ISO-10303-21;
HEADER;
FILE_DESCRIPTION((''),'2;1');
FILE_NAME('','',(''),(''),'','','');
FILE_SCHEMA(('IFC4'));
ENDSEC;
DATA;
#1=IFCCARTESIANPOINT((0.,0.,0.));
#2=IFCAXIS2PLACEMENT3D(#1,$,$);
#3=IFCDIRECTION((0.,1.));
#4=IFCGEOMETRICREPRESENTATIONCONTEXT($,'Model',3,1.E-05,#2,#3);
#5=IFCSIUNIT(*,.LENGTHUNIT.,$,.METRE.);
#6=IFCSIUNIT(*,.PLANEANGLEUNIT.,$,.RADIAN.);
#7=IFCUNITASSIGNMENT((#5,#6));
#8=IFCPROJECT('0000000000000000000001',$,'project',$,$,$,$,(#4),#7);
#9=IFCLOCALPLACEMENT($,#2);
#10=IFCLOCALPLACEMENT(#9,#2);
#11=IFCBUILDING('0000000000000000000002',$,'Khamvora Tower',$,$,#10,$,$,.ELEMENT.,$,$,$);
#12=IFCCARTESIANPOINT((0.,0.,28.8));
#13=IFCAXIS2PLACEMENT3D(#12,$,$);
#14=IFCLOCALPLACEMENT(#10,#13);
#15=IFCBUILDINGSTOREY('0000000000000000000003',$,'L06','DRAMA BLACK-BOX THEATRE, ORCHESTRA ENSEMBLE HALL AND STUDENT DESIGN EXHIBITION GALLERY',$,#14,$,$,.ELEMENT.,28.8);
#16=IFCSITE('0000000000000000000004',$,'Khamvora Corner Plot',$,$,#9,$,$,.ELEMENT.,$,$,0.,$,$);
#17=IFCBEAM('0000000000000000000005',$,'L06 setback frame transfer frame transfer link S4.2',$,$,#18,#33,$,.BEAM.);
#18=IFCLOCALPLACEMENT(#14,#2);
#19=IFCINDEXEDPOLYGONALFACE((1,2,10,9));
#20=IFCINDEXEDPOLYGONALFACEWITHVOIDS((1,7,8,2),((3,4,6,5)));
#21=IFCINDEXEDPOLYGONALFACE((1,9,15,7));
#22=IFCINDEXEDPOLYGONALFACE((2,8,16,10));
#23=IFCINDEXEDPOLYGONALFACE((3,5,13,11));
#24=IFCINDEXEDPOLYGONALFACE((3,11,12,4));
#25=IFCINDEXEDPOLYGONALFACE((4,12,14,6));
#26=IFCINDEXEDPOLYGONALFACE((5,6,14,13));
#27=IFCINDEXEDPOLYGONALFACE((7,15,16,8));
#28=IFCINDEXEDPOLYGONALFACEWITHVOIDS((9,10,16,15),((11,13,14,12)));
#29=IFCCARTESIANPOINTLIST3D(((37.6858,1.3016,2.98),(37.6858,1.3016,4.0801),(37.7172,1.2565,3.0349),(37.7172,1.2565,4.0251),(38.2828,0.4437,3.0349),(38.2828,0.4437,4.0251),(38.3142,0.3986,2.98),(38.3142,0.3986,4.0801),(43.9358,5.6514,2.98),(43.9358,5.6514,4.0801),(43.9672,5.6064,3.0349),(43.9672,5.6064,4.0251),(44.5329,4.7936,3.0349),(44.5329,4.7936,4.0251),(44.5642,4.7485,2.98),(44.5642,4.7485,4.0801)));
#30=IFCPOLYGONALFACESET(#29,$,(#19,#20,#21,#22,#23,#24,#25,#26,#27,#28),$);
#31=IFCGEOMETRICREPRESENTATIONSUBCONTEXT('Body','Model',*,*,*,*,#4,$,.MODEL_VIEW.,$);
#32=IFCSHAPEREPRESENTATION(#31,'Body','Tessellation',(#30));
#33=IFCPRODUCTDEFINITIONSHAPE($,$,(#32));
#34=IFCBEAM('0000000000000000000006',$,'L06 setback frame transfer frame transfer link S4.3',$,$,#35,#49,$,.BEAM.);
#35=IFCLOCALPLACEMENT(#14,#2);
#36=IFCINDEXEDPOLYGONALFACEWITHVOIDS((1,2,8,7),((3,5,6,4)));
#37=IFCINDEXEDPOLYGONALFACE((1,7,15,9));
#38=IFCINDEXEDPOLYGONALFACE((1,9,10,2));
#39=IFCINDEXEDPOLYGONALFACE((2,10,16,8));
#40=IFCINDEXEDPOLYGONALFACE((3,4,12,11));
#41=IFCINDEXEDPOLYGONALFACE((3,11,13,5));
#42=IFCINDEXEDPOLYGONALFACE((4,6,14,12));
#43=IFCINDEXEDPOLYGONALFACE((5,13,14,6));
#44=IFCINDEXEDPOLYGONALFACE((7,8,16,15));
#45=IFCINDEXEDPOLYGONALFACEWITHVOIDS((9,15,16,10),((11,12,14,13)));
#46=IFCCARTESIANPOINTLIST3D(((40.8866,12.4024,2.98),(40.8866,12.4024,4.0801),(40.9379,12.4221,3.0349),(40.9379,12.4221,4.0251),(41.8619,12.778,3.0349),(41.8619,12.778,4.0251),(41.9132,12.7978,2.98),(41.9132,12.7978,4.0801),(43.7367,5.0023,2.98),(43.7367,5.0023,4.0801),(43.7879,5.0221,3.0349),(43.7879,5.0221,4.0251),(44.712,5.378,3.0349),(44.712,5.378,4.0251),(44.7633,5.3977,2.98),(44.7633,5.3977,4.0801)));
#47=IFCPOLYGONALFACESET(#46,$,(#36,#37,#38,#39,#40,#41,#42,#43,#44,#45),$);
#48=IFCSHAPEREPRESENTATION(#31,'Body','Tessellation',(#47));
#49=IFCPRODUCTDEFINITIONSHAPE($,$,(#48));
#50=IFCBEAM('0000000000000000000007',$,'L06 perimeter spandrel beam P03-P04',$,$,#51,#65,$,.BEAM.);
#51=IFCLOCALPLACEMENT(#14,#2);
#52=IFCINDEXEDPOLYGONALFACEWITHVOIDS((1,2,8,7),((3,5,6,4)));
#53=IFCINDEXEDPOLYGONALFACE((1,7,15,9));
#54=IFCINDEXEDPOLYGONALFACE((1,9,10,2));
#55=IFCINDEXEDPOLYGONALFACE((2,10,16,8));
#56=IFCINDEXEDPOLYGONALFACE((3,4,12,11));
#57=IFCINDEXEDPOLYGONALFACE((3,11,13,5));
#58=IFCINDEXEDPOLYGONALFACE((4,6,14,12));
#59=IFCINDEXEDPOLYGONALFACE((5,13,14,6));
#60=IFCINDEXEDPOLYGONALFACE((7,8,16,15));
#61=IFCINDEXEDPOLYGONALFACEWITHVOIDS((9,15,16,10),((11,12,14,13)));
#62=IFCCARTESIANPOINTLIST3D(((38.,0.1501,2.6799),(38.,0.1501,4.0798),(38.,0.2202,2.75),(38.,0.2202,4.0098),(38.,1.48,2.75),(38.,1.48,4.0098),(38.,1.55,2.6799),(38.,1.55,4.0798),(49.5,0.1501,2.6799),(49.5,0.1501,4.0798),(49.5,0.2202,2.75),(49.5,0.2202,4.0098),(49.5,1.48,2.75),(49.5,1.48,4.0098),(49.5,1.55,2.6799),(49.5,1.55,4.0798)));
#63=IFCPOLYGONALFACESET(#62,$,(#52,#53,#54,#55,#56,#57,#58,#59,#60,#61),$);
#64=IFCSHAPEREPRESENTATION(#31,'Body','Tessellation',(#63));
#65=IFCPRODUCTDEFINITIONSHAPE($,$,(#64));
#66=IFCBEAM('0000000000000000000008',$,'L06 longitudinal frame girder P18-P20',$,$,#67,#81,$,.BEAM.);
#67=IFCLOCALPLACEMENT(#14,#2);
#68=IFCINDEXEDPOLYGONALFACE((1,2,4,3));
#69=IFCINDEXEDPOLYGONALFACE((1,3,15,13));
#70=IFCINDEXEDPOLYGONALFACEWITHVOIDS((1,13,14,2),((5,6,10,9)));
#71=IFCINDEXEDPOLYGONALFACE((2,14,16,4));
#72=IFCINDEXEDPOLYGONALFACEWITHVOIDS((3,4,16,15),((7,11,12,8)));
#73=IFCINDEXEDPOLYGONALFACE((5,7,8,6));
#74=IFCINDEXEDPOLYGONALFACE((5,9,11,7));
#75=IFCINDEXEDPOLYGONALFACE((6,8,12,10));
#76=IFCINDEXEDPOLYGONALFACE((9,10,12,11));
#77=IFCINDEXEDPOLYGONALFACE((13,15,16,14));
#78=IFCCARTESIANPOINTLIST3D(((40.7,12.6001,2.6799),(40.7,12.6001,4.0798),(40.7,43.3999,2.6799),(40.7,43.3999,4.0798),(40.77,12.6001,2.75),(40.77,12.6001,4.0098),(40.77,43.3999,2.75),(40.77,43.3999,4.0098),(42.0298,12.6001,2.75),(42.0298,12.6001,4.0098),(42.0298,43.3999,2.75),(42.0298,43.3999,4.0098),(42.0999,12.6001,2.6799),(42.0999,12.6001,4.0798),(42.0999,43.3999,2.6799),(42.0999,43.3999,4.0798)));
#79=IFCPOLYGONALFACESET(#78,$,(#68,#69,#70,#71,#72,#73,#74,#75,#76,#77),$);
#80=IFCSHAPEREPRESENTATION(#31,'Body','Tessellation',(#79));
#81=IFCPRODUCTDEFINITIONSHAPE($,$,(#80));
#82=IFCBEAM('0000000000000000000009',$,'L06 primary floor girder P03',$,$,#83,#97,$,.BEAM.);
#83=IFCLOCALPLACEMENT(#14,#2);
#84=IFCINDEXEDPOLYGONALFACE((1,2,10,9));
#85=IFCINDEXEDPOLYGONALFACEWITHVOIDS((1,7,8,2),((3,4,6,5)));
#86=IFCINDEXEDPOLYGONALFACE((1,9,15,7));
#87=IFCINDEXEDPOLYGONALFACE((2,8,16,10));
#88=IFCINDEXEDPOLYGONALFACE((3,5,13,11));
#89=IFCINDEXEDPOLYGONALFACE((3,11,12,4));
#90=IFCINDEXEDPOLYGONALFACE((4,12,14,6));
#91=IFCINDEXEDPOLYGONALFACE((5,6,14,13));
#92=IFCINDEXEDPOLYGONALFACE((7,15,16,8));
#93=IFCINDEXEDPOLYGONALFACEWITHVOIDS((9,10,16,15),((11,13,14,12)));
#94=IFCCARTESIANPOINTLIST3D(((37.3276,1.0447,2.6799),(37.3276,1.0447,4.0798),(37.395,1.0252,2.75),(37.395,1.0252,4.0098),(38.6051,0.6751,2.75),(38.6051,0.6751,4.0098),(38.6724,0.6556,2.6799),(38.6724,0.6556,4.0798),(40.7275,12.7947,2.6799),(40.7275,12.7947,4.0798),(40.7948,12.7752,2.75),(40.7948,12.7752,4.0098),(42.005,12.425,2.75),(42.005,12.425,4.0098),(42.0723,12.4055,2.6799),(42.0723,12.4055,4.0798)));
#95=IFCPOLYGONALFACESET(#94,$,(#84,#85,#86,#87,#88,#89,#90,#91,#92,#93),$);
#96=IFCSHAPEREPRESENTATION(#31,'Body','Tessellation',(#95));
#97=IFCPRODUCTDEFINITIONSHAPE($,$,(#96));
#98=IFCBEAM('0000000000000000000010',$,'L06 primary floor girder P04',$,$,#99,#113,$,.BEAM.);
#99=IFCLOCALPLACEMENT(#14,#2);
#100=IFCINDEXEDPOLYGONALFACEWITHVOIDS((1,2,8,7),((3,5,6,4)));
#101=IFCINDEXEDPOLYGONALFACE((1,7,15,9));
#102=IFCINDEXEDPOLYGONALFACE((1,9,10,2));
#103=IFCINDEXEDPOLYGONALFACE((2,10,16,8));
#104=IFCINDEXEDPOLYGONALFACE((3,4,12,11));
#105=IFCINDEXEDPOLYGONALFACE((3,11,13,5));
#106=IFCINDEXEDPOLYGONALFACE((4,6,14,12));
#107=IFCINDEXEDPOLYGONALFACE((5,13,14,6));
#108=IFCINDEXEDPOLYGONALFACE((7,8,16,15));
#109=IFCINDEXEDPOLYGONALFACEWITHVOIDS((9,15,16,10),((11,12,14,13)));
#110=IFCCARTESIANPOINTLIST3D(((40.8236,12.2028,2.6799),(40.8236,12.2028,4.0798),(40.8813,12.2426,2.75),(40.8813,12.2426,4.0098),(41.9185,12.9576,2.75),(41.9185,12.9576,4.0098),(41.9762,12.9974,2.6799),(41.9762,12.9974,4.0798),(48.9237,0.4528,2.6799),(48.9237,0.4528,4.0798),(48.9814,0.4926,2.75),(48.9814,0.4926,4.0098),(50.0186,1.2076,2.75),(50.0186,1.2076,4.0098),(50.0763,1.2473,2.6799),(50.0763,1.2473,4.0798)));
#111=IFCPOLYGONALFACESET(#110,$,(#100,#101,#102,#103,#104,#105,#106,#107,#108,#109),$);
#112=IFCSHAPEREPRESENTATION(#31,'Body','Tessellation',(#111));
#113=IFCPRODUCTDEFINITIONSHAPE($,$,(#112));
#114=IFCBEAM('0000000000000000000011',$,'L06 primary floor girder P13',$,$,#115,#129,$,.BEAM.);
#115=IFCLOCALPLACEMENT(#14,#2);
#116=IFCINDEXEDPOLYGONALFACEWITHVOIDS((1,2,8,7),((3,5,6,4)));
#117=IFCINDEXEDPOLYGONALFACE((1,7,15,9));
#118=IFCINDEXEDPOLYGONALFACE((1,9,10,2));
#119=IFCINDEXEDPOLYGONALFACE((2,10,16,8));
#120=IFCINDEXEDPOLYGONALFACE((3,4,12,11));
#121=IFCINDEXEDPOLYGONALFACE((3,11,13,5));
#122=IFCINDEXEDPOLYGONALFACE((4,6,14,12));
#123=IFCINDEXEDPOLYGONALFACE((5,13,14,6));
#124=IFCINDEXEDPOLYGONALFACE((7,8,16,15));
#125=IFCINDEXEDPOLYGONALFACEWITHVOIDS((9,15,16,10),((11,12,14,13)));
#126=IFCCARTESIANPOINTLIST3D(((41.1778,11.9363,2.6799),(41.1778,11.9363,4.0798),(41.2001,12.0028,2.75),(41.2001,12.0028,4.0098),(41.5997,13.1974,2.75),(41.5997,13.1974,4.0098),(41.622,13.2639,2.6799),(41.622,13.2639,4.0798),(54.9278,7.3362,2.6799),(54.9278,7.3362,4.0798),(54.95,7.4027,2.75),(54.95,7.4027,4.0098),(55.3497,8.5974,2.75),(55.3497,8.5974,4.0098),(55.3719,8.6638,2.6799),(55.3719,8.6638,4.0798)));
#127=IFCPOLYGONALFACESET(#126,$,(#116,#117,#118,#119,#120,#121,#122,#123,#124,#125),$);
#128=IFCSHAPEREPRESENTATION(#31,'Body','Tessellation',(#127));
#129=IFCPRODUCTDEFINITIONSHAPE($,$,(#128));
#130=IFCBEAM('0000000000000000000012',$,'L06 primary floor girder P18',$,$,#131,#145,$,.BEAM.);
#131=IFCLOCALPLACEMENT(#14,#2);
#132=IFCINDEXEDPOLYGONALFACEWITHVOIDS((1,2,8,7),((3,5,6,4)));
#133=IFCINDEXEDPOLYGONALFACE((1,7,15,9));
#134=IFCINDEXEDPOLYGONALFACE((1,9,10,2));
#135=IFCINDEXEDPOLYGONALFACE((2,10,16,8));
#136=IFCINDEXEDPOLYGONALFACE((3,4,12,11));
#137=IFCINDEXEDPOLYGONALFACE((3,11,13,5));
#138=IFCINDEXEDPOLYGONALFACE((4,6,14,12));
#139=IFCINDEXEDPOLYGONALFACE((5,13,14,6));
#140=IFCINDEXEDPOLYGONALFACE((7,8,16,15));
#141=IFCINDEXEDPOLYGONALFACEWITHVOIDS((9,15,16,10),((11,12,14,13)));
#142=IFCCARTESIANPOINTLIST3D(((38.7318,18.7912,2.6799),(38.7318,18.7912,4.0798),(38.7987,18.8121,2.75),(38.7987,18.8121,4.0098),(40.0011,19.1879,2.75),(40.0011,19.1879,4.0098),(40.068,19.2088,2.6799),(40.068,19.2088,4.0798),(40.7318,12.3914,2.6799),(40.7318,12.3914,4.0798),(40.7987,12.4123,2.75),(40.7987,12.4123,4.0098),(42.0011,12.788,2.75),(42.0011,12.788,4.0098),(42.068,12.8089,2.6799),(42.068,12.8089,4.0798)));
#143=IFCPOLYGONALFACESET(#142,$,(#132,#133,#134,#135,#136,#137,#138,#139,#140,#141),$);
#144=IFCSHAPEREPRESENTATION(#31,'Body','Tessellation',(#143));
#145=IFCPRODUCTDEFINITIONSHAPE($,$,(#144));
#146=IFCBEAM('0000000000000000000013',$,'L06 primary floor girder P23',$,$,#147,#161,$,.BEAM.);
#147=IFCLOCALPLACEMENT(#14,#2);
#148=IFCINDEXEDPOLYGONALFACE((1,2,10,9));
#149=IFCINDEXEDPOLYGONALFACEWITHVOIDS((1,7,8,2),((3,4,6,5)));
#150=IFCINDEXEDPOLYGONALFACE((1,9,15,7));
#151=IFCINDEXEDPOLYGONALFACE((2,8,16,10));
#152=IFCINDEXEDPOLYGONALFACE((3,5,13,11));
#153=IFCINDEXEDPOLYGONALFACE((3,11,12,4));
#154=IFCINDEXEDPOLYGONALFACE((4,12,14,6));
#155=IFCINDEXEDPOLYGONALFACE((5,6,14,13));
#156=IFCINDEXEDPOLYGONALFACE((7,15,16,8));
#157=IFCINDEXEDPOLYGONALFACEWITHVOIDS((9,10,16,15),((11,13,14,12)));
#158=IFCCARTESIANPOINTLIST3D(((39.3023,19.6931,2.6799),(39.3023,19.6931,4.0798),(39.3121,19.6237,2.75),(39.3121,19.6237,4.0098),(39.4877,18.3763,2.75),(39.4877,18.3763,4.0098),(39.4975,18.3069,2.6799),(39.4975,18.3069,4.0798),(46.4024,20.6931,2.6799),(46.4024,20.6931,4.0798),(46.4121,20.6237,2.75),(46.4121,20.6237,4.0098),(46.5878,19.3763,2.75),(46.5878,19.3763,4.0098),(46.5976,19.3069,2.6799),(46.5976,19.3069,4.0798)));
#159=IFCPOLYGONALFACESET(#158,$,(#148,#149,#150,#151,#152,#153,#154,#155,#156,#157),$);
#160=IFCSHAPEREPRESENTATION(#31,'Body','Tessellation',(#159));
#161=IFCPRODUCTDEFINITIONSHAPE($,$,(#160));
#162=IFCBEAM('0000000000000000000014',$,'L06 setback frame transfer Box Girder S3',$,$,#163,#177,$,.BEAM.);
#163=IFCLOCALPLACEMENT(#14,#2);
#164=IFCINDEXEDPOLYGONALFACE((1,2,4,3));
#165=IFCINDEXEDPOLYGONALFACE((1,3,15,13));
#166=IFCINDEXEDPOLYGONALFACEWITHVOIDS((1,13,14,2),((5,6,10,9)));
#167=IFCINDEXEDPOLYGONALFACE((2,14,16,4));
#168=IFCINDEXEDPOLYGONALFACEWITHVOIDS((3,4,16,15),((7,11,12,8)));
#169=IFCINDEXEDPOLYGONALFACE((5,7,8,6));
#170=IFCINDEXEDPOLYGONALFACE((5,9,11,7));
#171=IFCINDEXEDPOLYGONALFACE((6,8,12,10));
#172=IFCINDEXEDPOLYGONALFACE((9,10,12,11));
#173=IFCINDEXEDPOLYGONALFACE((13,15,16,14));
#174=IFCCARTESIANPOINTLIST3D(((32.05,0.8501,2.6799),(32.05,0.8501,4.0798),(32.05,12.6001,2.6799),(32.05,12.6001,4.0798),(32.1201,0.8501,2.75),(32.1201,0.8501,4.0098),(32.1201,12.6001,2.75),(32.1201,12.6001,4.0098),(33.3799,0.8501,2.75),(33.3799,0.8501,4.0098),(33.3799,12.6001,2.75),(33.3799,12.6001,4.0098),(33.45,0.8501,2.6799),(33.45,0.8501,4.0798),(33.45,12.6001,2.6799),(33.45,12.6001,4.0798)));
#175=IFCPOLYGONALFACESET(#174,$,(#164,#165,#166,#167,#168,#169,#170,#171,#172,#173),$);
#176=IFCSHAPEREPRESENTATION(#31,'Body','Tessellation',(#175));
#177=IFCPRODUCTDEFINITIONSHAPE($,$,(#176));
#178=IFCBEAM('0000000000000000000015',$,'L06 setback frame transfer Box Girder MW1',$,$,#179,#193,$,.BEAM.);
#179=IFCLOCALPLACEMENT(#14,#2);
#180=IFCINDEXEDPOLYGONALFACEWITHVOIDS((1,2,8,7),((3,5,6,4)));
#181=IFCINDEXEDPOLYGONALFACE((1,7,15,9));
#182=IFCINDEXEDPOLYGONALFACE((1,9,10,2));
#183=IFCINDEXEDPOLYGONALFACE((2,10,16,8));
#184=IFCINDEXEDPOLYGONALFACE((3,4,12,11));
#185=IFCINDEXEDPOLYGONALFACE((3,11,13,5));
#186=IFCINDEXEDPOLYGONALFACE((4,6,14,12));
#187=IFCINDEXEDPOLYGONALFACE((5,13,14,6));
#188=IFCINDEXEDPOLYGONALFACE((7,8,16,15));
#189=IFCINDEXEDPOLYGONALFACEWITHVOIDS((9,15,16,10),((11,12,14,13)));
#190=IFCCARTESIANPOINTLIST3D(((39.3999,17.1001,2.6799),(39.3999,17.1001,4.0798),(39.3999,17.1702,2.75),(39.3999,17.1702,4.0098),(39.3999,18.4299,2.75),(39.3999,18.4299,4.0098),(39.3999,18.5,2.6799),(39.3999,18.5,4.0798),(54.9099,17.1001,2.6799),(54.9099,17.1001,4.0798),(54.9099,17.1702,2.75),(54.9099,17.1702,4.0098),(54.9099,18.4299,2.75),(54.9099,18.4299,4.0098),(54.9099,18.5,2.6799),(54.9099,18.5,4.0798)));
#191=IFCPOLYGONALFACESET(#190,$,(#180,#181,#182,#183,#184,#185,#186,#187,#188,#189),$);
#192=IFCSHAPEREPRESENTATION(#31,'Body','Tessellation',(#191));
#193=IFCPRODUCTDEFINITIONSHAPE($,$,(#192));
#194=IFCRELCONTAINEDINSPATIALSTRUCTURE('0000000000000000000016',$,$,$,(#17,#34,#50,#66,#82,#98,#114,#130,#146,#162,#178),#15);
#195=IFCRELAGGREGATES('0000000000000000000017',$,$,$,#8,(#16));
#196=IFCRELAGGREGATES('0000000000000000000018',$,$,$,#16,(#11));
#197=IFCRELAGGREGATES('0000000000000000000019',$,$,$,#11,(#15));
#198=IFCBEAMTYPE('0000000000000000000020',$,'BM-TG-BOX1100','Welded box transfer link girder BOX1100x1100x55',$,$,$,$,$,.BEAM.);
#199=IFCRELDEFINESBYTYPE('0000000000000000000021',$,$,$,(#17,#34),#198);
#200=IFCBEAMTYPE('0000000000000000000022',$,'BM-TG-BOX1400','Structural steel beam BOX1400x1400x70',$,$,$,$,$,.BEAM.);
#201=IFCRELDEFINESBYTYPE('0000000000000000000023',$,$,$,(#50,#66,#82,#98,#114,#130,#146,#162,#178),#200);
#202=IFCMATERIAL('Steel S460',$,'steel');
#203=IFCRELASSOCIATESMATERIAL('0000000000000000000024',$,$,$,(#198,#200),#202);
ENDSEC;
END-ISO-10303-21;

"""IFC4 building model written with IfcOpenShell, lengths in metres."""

from ifc_helpers import new_model, si_unit, direction, frame, origin, origin_2d, place, context, subcontext, project, spatial, hollow_rectangle, extrude, material, material_profile, profile_set, type_object, element, save


model = new_model("IFC4")

# Units and contexts
model_context = context("Model", 3, precision=1e-05, world=origin(), true_north=direction((0.0, 1.0)))
body_context = subcontext(model_context, "Body", "Model", "MODEL_VIEW")
ifc_project = project(units=[si_unit("LENGTHUNIT", "METRE"), si_unit("PLANEANGLEUNIT", "RADIAN")], contexts=[model_context])

# Site, building, storey
site_placement = place(None, origin())
site = spatial("IfcSite", under=ifc_project, at=site_placement, Name="Khamvora Corner Plot", CompositionType="ELEMENT", RefElevation=0.0)
building_placement = place(site_placement, origin())
building = spatial("IfcBuilding", under=site, at=building_placement, Name="Khamvora Tower", CompositionType="ELEMENT")
storey_placement = place(building_placement, frame((0.0, 0.0, 28.8)))
storey = spatial("IfcBuildingStorey", under=building, at=storey_placement, Name="L06", Description="DRAMA BLACK-BOX THEATRE, ORCHESTRA ENSEMBLE HALL AND STUDENT DESIGN EXHIBITION GALLERY", CompositionType="ELEMENT", Elevation=28.8)

# Shared definitions
ifc_material_1 = material(Name="Steel S460", Category="steel")

# Beams
ifc_material_profile_1 = material_profile(ifc_material_1, hollow_rectangle(XDim=1.1001, YDim=1.1001, WallThickness=0.0549, at=origin_2d()), Name="BOX1100x1100x55")
ifc_profile_set_1 = profile_set([ifc_material_profile_1], Name="Steel S460")
beam_type_1 = type_object("IfcBeamType", Name="BM-TG-BOX1100", Description="Welded box transfer link girder BOX1100x1100x55", PredefinedType="BEAM", material=ifc_profile_set_1)
beam_1_placement = place(storey_placement, frame((38.0, 0.8501, 3.53), z_axis=(0.82078, 0.571244, 0.0), x_axis=(-0.571244, 0.82078, 0.0)))
element("IfcBeam", 1, at=beam_1_placement, inside=storey, type_object=beam_type_1, Name="L06 setback frame transfer frame transfer link S4.2", PredefinedType="BEAM", context=body_context, shape_type="SweptSolid", body=[
    extrude(hollow_rectangle(XDim=1.1001, YDim=1.1001, WallThickness=0.0549, at=origin_2d()), origin(), (0.0, 0.0, 1.0), 7.6147),
])
beam_2_placement = place(storey_placement, frame((41.3999, 12.6001, 3.53), z_axis=(0.359406, -0.933181, 0.0), x_axis=(0.933181, 0.359406, 0.0)))
element("IfcBeam", 2, at=beam_2_placement, inside=storey, type_object=beam_type_1, Name="L06 setback frame transfer frame transfer link S4.3", PredefinedType="BEAM", context=body_context, shape_type="SweptSolid", body=[
    extrude(hollow_rectangle(XDim=1.1001, YDim=1.1001, WallThickness=0.0549, at=origin_2d()), origin(), (0.0, 0.0, 1.0), 7.9299),
])
ifc_material_profile_2 = material_profile(ifc_material_1, hollow_rectangle(XDim=1.3999, YDim=1.3999, WallThickness=0.0701, at=origin_2d()), Name="BOX1400x1400x70")
ifc_profile_set_2 = profile_set([ifc_material_profile_2], Name="Steel S460")
beam_type_2 = type_object("IfcBeamType", Name="BM-TG-BOX1400", Description="Structural steel beam BOX1400x1400x70", PredefinedType="BEAM", material=ifc_profile_set_2)
beam_3_placement = place(storey_placement, frame((38.0, 0.8501, 3.3799), z_axis=(1.0, 0.0, 0.0), x_axis=(0.0, 1.0, 0.0)))
element("IfcBeam", 3, at=beam_3_placement, inside=storey, type_object=beam_type_2, Name="L06 perimeter spandrel beam P03-P04", PredefinedType="BEAM", context=body_context, shape_type="SweptSolid", body=[
    extrude(hollow_rectangle(XDim=1.3999, YDim=1.3999, WallThickness=0.0701, at=origin_2d()), origin(), (0.0, 0.0, 1.0), 11.5),
])
beam_4_placement = place(storey_placement, frame((41.3999, 12.6001, 3.3799), z_axis=(0.0, 1.0, 0.0), x_axis=(-1.0, 0.0, 0.0)))
element("IfcBeam", 4, at=beam_4_placement, inside=storey, type_object=beam_type_2, Name="L06 longitudinal frame girder P18-P20", PredefinedType="BEAM", context=body_context, shape_type="SweptSolid", body=[
    extrude(hollow_rectangle(XDim=1.3999, YDim=1.3999, WallThickness=0.0701, at=origin_2d()), origin(), (0.0, 0.0, 1.0), 30.7998),
])
beam_5_placement = place(storey_placement, frame((41.3999, 12.6001, 3.3799), z_axis=(-0.277951, -0.960595, 0.0), x_axis=(0.960595, -0.277951, 0.0)))
element("IfcBeam", 5, at=beam_5_placement, inside=storey, type_object=beam_type_2, Name="L06 primary floor girder P03", PredefinedType="BEAM", context=body_context, shape_type="SweptSolid", body=[
    extrude(hollow_rectangle(XDim=1.3999, YDim=1.3999, WallThickness=0.0701, at=origin_2d()), origin(), (0.0, 0.0, 1.0), 12.2319),
])
beam_6_placement = place(storey_placement, frame((41.3999, 12.6001, 3.3799), z_axis=(0.567574, -0.823322, 0.0), x_axis=(0.823322, 0.567574, 0.0)))
element("IfcBeam", 6, at=beam_6_placement, inside=storey, type_object=beam_type_2, Name="L06 primary floor girder P04", PredefinedType="BEAM", context=body_context, shape_type="SweptSolid", body=[
    extrude(hollow_rectangle(XDim=1.3999, YDim=1.3999, WallThickness=0.0701, at=origin_2d()), origin(), (0.0, 0.0, 1.0), 14.2715),
])
beam_7_placement = place(storey_placement, frame((41.3999, 12.6001, 3.3799), z_axis=(0.948336, -0.317268, 0.0), x_axis=(0.317268, 0.948336, 0.0)))
element("IfcBeam", 7, at=beam_7_placement, inside=storey, type_object=beam_type_2, Name="L06 primary floor girder P13", PredefinedType="BEAM", context=body_context, shape_type="SweptSolid", body=[
    extrude(hollow_rectangle(XDim=1.3999, YDim=1.3999, WallThickness=0.0701, at=origin_2d()), origin(), (0.0, 0.0, 1.0), 14.499),
])
beam_8_placement = place(storey_placement, frame((39.3999, 19.0, 3.3799), z_axis=(0.298279, -0.954479, 0.0), x_axis=(0.954479, 0.298279, 0.0)))
element("IfcBeam", 8, at=beam_8_placement, inside=storey, type_object=beam_type_2, Name="L06 primary floor girder P18", PredefinedType="BEAM", context=body_context, shape_type="SweptSolid", body=[
    extrude(hollow_rectangle(XDim=1.3999, YDim=1.3999, WallThickness=0.0701, at=origin_2d()), origin(), (0.0, 0.0, 1.0), 6.7051),
])
beam_9_placement = place(storey_placement, frame((39.3999, 19.0, 3.3799), z_axis=(0.990227, 0.139467, 0.0), x_axis=(-0.139467, 0.990227, 0.0)))
element("IfcBeam", 9, at=beam_9_placement, inside=storey, type_object=beam_type_2, Name="L06 primary floor girder P23", PredefinedType="BEAM", context=body_context, shape_type="SweptSolid", body=[
    extrude(hollow_rectangle(XDim=1.3999, YDim=1.3999, WallThickness=0.0701, at=origin_2d()), origin(), (0.0, 0.0, 1.0), 7.1702),
])
beam_10_placement = place(storey_placement, frame((32.75, 0.8501, 3.3799), z_axis=(0.0, 1.0, 0.0), x_axis=(-1.0, 0.0, 0.0)))
element("IfcBeam", 10, at=beam_10_placement, inside=storey, type_object=beam_type_2, Name="L06 setback frame transfer Box Girder S3", PredefinedType="BEAM", context=body_context, shape_type="SweptSolid", body=[
    extrude(hollow_rectangle(XDim=1.3999, YDim=1.3999, WallThickness=0.0701, at=origin_2d()), origin(), (0.0, 0.0, 1.0), 11.75),
])
beam_11_placement = place(storey_placement, frame((39.3999, 17.8, 3.3799), z_axis=(1.0, 0.0, 0.0), x_axis=(0.0, 1.0, 0.0)))
element("IfcBeam", 11, at=beam_11_placement, inside=storey, type_object=beam_type_2, Name="L06 setback frame transfer Box Girder MW1", PredefinedType="BEAM", context=body_context, shape_type="SweptSolid", body=[
    extrude(hollow_rectangle(XDim=1.3999, YDim=1.3999, WallThickness=0.0701, at=origin_2d()), origin(), (0.0, 0.0, 1.0), 15.51),
])

save(model, "model.ifc")
